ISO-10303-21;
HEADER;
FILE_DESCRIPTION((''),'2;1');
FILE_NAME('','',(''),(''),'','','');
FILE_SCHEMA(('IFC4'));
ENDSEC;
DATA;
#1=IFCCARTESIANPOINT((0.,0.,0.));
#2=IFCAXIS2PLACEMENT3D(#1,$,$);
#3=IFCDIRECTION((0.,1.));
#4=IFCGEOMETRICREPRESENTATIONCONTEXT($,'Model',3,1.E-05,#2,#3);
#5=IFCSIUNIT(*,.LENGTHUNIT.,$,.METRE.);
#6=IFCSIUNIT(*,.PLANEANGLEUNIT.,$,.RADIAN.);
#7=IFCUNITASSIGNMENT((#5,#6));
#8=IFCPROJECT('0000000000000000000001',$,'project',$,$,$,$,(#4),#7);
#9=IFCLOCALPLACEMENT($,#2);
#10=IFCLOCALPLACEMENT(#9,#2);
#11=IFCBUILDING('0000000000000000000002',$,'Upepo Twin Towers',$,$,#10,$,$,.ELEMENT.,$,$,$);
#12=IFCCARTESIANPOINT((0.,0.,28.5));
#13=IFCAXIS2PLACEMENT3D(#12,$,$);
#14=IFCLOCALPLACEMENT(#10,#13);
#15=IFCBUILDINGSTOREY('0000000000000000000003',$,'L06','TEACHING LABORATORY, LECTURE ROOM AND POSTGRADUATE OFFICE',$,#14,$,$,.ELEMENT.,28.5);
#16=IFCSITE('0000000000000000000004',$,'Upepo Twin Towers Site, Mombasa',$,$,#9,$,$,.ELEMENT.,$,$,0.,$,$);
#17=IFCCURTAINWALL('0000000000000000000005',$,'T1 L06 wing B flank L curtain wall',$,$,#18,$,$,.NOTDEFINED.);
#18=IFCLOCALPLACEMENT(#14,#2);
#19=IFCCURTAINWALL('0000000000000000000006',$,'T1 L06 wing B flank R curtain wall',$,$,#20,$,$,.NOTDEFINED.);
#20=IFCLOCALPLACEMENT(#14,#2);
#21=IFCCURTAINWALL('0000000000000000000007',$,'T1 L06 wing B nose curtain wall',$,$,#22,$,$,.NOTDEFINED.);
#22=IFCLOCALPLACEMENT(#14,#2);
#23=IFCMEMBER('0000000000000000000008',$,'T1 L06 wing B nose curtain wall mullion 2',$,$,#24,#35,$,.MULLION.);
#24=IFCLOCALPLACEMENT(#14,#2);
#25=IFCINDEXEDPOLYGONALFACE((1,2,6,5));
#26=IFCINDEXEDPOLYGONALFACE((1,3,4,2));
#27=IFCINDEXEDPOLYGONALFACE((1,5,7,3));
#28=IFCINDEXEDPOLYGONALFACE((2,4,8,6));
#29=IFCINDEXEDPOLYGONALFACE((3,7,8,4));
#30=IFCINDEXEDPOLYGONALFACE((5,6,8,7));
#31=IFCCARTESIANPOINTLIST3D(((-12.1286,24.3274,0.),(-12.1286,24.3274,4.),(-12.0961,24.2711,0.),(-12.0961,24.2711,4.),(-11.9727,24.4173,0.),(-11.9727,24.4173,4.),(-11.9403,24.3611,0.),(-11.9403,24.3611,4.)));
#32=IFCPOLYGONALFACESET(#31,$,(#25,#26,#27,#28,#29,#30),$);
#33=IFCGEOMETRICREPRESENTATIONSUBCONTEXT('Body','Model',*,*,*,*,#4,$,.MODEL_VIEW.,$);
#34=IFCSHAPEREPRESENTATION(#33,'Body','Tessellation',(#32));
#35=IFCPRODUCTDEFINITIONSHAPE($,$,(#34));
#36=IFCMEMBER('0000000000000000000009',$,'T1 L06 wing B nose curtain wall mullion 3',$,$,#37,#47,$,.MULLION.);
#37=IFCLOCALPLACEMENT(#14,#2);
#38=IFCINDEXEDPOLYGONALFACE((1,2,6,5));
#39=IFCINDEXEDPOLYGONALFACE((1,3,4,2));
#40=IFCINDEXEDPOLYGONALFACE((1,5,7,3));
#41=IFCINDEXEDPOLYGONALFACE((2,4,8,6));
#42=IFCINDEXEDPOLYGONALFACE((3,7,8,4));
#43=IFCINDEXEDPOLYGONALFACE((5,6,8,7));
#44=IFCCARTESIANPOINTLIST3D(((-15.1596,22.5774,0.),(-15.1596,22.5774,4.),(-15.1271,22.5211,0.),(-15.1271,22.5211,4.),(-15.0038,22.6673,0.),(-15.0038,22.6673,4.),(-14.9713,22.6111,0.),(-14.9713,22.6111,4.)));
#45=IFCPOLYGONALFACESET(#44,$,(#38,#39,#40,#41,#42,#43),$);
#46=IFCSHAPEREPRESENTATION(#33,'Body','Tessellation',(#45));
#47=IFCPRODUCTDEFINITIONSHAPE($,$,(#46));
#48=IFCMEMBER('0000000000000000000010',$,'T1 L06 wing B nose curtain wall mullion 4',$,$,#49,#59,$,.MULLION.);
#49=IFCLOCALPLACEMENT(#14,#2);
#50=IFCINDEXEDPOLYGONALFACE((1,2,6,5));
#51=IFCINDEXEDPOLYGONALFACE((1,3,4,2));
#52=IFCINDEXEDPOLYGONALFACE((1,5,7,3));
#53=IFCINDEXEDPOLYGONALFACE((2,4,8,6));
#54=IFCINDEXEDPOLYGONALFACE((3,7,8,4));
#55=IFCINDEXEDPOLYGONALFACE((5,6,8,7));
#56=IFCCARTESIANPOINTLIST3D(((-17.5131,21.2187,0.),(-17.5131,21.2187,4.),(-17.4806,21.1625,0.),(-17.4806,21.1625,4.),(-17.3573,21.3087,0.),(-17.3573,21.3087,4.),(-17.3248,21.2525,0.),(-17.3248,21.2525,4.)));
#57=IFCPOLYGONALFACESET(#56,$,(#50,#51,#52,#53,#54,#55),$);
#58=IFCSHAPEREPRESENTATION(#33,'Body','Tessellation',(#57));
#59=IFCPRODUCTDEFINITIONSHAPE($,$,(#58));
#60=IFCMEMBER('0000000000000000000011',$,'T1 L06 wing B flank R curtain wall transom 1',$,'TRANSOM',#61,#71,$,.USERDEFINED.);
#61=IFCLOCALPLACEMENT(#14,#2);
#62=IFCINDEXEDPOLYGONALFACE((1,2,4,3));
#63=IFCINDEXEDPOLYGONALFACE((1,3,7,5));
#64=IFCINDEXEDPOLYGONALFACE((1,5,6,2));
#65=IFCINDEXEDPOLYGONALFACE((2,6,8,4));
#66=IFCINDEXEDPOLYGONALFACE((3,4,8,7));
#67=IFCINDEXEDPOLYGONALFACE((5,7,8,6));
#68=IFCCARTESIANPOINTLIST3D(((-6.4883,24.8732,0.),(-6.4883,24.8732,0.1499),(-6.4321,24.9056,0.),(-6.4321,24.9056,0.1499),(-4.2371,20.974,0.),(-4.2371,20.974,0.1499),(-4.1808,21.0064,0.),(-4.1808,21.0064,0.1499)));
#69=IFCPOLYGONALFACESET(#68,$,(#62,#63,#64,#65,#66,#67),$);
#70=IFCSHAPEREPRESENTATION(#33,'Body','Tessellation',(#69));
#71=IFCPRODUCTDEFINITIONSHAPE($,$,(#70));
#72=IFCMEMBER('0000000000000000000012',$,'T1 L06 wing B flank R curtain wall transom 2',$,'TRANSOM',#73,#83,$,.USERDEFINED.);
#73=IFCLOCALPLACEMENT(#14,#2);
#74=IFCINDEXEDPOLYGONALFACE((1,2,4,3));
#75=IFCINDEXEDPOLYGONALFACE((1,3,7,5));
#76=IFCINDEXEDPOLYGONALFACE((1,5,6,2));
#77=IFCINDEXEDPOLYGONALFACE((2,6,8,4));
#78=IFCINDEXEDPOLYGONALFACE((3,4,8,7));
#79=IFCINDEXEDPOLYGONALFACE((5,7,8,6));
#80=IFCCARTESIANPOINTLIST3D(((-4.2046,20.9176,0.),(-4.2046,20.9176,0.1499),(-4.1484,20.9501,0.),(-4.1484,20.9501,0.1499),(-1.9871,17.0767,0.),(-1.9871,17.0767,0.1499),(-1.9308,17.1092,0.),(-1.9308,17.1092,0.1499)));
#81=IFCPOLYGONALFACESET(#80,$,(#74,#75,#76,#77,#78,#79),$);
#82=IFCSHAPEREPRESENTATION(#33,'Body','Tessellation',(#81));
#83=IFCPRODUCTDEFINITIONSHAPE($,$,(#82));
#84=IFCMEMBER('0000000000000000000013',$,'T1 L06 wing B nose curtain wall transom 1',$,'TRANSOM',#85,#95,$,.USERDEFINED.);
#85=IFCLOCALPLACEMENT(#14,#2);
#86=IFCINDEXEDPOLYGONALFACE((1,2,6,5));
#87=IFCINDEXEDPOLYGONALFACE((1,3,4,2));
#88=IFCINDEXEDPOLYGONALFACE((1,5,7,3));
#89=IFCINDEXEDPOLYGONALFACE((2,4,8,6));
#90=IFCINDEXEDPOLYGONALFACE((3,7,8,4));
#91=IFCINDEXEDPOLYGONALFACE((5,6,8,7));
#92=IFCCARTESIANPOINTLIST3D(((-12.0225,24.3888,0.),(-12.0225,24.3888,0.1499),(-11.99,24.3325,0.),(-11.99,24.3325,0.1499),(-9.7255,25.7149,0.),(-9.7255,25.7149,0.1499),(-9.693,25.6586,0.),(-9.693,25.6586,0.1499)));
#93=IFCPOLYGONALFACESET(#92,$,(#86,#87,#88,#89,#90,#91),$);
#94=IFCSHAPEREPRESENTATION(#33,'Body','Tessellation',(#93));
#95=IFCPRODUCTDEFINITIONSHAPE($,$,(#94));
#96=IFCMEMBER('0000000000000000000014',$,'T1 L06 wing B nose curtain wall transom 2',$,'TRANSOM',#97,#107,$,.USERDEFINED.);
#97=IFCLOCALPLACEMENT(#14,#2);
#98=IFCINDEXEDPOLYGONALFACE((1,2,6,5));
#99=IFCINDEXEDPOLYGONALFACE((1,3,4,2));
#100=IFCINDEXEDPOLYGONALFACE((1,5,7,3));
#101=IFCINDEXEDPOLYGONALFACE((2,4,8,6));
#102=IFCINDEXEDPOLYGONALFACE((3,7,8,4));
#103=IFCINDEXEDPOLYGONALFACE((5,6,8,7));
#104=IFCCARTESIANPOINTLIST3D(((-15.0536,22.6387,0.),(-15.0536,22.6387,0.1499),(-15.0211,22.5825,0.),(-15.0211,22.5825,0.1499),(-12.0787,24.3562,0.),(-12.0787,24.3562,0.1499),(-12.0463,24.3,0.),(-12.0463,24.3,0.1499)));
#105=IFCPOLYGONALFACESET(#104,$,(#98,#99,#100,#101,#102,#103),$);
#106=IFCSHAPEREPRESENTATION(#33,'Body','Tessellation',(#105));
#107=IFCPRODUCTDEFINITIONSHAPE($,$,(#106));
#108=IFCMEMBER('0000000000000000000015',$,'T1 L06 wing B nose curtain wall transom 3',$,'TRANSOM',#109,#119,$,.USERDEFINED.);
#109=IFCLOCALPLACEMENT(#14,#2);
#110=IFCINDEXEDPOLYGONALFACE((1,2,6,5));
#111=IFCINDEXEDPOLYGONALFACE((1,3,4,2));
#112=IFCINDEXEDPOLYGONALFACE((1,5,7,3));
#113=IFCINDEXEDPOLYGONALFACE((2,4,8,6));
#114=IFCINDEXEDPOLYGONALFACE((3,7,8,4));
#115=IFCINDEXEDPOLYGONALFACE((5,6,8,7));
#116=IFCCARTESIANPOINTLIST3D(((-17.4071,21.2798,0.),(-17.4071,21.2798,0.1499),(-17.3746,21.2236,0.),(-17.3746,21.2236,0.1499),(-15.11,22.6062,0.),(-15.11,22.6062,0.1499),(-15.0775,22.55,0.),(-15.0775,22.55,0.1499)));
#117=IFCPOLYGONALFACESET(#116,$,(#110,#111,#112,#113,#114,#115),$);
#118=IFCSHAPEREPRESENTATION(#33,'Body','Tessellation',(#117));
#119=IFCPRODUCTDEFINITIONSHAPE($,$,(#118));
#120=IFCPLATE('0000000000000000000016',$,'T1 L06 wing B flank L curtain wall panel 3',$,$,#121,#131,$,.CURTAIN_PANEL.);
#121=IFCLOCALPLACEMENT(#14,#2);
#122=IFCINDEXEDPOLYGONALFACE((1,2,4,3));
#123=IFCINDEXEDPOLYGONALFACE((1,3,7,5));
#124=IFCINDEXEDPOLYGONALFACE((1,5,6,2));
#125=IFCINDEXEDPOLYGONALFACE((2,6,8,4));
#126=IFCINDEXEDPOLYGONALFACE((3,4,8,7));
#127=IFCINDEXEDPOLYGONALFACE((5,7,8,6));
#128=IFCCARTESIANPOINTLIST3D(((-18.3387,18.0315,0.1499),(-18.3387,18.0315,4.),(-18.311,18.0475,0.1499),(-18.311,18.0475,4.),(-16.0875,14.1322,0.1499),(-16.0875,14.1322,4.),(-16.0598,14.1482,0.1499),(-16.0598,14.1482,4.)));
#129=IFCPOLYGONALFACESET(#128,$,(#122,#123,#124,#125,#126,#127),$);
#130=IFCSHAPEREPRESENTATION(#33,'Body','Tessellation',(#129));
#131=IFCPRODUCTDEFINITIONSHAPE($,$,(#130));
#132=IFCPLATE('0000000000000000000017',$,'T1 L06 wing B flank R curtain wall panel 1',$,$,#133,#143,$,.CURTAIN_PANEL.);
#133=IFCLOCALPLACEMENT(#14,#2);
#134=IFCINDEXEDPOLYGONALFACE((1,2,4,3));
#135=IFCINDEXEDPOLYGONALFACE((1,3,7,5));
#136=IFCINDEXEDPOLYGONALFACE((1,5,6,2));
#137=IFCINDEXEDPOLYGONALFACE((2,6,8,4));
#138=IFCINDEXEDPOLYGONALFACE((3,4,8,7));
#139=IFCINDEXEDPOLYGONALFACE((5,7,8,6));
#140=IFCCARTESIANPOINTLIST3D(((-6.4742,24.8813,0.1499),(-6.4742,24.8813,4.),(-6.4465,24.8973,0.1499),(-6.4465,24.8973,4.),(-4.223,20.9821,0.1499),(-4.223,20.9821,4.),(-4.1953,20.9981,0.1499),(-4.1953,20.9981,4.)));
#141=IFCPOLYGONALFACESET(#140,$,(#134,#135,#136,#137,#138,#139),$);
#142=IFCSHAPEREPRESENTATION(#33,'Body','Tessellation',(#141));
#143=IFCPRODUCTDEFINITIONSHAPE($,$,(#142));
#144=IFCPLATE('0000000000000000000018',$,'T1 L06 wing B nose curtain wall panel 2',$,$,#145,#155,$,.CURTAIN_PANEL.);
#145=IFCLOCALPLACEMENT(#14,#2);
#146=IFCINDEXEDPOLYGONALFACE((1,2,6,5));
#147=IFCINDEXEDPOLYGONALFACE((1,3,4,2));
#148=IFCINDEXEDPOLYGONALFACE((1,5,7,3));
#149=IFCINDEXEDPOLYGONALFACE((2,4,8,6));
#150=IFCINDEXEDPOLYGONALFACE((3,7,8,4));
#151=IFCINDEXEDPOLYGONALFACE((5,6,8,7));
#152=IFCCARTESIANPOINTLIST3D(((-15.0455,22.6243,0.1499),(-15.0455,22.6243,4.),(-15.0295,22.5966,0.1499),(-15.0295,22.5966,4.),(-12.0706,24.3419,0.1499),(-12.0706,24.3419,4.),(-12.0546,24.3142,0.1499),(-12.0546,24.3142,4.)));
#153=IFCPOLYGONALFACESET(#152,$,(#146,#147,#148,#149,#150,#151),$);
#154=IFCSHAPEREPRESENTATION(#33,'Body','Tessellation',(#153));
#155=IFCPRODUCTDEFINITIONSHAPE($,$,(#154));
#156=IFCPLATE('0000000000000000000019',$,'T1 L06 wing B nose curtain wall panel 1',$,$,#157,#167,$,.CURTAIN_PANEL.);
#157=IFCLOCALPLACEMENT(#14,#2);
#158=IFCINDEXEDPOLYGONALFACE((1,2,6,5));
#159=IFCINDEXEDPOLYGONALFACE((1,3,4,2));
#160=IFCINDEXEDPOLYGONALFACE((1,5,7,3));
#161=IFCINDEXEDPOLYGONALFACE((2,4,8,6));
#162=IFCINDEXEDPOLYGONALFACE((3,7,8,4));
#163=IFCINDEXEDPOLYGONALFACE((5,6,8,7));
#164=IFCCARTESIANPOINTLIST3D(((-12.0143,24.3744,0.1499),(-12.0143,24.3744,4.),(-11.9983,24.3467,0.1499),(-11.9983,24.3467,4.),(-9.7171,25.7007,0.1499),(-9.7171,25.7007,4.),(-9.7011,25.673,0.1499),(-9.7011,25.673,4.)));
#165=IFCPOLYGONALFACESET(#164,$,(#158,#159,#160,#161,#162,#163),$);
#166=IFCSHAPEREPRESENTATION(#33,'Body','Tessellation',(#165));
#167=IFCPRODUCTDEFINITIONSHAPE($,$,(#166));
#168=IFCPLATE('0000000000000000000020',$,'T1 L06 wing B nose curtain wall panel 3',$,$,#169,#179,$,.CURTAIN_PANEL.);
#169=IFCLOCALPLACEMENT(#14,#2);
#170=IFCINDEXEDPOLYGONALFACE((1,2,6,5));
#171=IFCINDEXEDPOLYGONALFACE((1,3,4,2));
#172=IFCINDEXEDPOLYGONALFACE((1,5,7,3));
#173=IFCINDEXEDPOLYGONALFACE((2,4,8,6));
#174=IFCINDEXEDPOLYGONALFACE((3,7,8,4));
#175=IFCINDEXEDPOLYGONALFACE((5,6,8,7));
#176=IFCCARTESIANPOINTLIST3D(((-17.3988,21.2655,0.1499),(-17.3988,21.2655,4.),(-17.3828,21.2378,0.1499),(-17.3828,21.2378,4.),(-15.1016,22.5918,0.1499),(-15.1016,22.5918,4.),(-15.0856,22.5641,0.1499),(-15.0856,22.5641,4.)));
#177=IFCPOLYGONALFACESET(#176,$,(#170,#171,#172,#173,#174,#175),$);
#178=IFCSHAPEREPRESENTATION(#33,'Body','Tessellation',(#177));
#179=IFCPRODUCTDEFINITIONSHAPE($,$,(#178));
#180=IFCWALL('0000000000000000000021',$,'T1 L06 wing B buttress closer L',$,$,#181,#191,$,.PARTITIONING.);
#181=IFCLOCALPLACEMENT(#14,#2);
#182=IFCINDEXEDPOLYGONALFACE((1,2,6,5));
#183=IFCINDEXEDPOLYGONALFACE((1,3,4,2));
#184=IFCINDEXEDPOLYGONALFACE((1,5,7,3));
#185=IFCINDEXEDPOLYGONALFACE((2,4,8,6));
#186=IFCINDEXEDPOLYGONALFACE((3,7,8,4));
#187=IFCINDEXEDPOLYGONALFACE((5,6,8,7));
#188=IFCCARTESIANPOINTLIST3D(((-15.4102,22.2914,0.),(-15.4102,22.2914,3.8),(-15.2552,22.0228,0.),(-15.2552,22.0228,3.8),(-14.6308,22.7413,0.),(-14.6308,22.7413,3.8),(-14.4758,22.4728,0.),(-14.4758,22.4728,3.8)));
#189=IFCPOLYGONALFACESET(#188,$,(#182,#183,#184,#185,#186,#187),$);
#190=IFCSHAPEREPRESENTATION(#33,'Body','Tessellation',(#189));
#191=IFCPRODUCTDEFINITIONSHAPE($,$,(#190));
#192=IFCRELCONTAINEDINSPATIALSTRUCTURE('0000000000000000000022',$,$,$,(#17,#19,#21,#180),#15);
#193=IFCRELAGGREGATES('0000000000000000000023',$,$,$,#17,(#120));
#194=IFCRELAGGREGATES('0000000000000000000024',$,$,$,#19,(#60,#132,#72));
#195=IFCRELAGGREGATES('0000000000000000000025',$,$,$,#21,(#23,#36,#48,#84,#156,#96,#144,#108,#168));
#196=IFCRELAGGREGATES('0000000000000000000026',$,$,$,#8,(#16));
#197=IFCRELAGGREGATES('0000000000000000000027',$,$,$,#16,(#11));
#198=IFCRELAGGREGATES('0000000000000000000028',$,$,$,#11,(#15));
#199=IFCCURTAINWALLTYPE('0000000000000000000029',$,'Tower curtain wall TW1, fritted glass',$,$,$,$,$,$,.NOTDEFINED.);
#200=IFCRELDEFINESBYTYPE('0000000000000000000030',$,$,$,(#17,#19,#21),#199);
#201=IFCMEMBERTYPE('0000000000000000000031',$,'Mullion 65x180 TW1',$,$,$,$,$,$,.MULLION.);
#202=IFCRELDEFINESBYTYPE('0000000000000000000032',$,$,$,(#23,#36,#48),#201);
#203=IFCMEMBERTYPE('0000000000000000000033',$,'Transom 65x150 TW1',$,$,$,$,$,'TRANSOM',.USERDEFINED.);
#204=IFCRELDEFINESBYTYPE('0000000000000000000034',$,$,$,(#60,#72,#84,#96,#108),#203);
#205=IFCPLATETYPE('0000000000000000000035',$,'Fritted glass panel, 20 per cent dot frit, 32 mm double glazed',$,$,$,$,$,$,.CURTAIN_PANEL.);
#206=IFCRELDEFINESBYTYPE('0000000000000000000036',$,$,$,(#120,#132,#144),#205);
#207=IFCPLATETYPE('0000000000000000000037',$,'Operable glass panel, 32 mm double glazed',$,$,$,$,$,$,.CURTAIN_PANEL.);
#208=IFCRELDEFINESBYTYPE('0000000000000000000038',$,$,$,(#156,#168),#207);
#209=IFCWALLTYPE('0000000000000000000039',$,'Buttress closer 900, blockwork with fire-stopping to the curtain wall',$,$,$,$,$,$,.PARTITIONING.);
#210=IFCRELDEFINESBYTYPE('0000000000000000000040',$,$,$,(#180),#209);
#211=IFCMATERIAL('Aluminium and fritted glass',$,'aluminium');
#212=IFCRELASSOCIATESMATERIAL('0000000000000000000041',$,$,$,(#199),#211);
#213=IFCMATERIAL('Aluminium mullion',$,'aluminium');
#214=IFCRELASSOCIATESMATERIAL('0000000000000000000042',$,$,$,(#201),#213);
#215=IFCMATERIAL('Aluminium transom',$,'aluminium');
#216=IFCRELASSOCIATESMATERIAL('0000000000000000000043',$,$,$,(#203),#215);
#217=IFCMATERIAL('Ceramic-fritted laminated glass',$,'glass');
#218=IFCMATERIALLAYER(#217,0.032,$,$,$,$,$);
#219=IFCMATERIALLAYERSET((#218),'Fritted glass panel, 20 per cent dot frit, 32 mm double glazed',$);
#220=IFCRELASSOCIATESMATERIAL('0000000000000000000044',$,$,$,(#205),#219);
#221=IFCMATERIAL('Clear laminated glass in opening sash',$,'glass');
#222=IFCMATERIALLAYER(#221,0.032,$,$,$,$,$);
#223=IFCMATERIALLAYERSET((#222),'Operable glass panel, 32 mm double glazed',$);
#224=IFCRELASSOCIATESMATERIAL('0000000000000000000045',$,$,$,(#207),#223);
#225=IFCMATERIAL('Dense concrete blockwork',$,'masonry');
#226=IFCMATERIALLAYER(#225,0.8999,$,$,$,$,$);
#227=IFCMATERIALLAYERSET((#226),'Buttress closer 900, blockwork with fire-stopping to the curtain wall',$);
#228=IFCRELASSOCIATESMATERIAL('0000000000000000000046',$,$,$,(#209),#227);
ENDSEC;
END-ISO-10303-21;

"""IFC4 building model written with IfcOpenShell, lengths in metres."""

from ifc_helpers import new_model, si_unit, direction, frame, frame_2d, origin, origin_2d, place, context, subcontext, project, spatial, rectangle, extrude, material, layer, layer_set, material_profile, profile_set, type_object, element, aggregate, save


model = new_model("IFC4")

# Units and contexts
model_context = context("Model", 3, precision=1e-05, world=origin(), true_north=direction((0.0, 1.0)))
body_context = subcontext(model_context, "Body", "Model", "MODEL_VIEW")
ifc_project = project(units=[si_unit("LENGTHUNIT", "METRE"), si_unit("PLANEANGLEUNIT", "RADIAN")], contexts=[model_context])

# Site, building, storey
site_placement = place(None, origin())
site = spatial("IfcSite", under=ifc_project, at=site_placement, Name="Upepo Twin Towers Site, Mombasa", CompositionType="ELEMENT", RefElevation=0.0)
building_placement = place(site_placement, origin())
building = spatial("IfcBuilding", under=site, at=building_placement, Name="Upepo Twin Towers", CompositionType="ELEMENT")
storey_placement = place(building_placement, frame((0.0, 0.0, 28.5)))
storey = spatial("IfcBuildingStorey", under=building, at=storey_placement, Name="L06", Description="TEACHING LABORATORY, LECTURE ROOM AND POSTGRADUATE OFFICE", CompositionType="ELEMENT", Elevation=28.5)

# Curtain wall
ifc_material_1 = material(Name="Aluminium and fritted glass", Category="aluminium")
curtain_wall_type = type_object("IfcCurtainWallType", Name="Tower curtain wall TW1, fritted glass", PredefinedType="NOTDEFINED", material=ifc_material_1)
curtain_wall_1_placement = place(storey_placement, origin())
curtain_wall_1 = element("IfcCurtainWall", 1, at=curtain_wall_1_placement, inside=storey, type_object=curtain_wall_type, Name="T1 L06 wing B flank L curtain wall", PredefinedType="NOTDEFINED")
ifc_material_2 = material(Name="Aluminium mullion", Category="aluminium")
ifc_material_profile_1 = material_profile(ifc_material_2, rectangle(XDim=0.0649, YDim=0.1799, at=origin_2d()), Name="MULLION 65x180")
ifc_profile_set_1 = profile_set([ifc_material_profile_1], Name="Aluminium mullion")
member_type_1 = type_object("IfcMemberType", Name="Mullion 65x180 TW1", PredefinedType="MULLION", material=ifc_profile_set_1)

# Curtain walls, members
curtain_wall_2_placement = place(storey_placement, origin())
curtain_wall_2 = element("IfcCurtainWall", 2, at=curtain_wall_2_placement, inside=storey, type_object=curtain_wall_type, Name="T1 L06 wing B flank R curtain wall", PredefinedType="NOTDEFINED")
curtain_wall_3_placement = place(storey_placement, origin())
curtain_wall_3 = element("IfcCurtainWall", 3, at=curtain_wall_3_placement, inside=storey, type_object=curtain_wall_type, Name="T1 L06 wing B nose curtain wall", PredefinedType="NOTDEFINED")
member_1_placement = place(storey_placement, frame((-12.0344, 24.3442, 0.0), z_axis=(0.0, 0.0, 1.0), x_axis=(0.5, -0.866025, 0.0)))
member_1 = element("IfcMember", 4, at=member_1_placement, type_object=member_type_1, Name="T1 L06 wing B nose curtain wall mullion 2", PredefinedType="MULLION", context=body_context, shape_type="SweptSolid", body=[
    extrude(rectangle(XDim=0.0649, YDim=0.1799, at=origin_2d()), origin(), (0.0, 0.0, 1.0), 4.0),
])
member_2_placement = place(storey_placement, frame((-15.0654, 22.5942, 0.0), z_axis=(0.0, 0.0, 1.0), x_axis=(0.5, -0.866025, 0.0)))
member_2 = element("IfcMember", 5, at=member_2_placement, type_object=member_type_1, Name="T1 L06 wing B nose curtain wall mullion 3", PredefinedType="MULLION", context=body_context, shape_type="SweptSolid", body=[
    extrude(rectangle(XDim=0.0649, YDim=0.1799, at=origin_2d()), origin(), (0.0, 0.0, 1.0), 4.0),
])
member_3_placement = place(storey_placement, frame((-17.4189, 21.2356, 0.0), z_axis=(0.0, 0.0, 1.0), x_axis=(0.5, -0.866025, 0.0)))
member_3 = element("IfcMember", 6, at=member_3_placement, type_object=member_type_1, Name="T1 L06 wing B nose curtain wall mullion 4", PredefinedType="MULLION", context=body_context, shape_type="SweptSolid", body=[
    extrude(rectangle(XDim=0.0649, YDim=0.1799, at=origin_2d()), origin(), (0.0, 0.0, 1.0), 4.0),
])

# Members
ifc_material_3 = material(Name="Aluminium transom", Category="aluminium")
ifc_material_profile_2 = material_profile(ifc_material_3, rectangle(XDim=0.0649, YDim=0.1499, at=origin_2d()), Name="TRANSOM 65x150")
ifc_profile_set_2 = profile_set([ifc_material_profile_2], Name="Aluminium transom")
member_type_2 = type_object("IfcMemberType", Name="Transom 65x150 TW1", ElementType="TRANSOM", PredefinedType="USERDEFINED", material=ifc_profile_set_2)
member_4_placement = place(storey_placement, frame((-6.4602, 24.8894, 0.075), z_axis=(0.500006, -0.866022, 0.0), x_axis=(0.866022, 0.500006, 0.0)))
member_4 = element("IfcMember", 7, at=member_4_placement, type_object=member_type_2, Name="T1 L06 wing B flank R curtain wall transom 1", ObjectType="TRANSOM", PredefinedType="USERDEFINED", context=body_context, shape_type="SweptSolid", body=[
    extrude(rectangle(XDim=0.0649, YDim=0.1499, at=origin_2d()), origin(), (0.0, 0.0, 1.0), 4.5024),
])
member_5_placement = place(storey_placement, frame((-4.1765, 20.9338, 0.075), z_axis=(0.500005, -0.866022, 0.0), x_axis=(0.866022, 0.500005, 0.0)))
member_5 = element("IfcMember", 8, at=member_5_placement, type_object=member_type_2, Name="T1 L06 wing B flank R curtain wall transom 2", ObjectType="TRANSOM", PredefinedType="USERDEFINED", context=body_context, shape_type="SweptSolid", body=[
    extrude(rectangle(XDim=0.0649, YDim=0.1499, at=origin_2d()), origin(), (0.0, 0.0, 1.0), 4.4351),
])
member_6_placement = place(storey_placement, frame((-9.7092, 25.6868, 0.075), z_axis=(-0.866037, -0.49998, 0.0), x_axis=(0.49998, -0.866037, 0.0)))
member_6 = element("IfcMember", 9, at=member_6_placement, type_object=member_type_2, Name="T1 L06 wing B nose curtain wall transom 1", ObjectType="TRANSOM", PredefinedType="USERDEFINED", context=body_context, shape_type="SweptSolid", body=[
    extrude(rectangle(XDim=0.0649, YDim=0.1499, at=origin_2d()), origin(), (0.0, 0.0, 1.0), 2.6523),
])
member_7_placement = place(storey_placement, frame((-12.0625, 24.3281, 0.075), z_axis=(-0.866026, -0.499999, 0.0), x_axis=(0.499999, -0.866026, 0.0)))
member_7 = element("IfcMember", 10, at=member_7_placement, type_object=member_type_2, Name="T1 L06 wing B nose curtain wall transom 2", ObjectType="TRANSOM", PredefinedType="USERDEFINED", context=body_context, shape_type="SweptSolid", body=[
    extrude(rectangle(XDim=0.0649, YDim=0.1499, at=origin_2d()), origin(), (0.0, 0.0, 1.0), 3.4351),
])
member_8_placement = place(storey_placement, frame((-15.0938, 22.5781, 0.075), z_axis=(-0.865997, -0.500049, 0.0), x_axis=(0.500049, -0.865997, 0.0)))
member_8 = element("IfcMember", 11, at=member_8_placement, type_object=member_type_2, Name="T1 L06 wing B nose curtain wall transom 3", ObjectType="TRANSOM", PredefinedType="USERDEFINED", context=body_context, shape_type="SweptSolid", body=[
    extrude(rectangle(XDim=0.0649, YDim=0.1499, at=origin_2d()), origin(), (0.0, 0.0, 1.0), 2.6526),
])

# Plates
ifc_material_4 = material(Name="Ceramic-fritted laminated glass", Category="glass")
ifc_layer_1 = layer(ifc_material_4, 0.032)
ifc_layer_set_1 = layer_set([ifc_layer_1], Name="Fritted glass panel, 20 per cent dot frit, 32 mm double glazed")
plate_type_1 = type_object("IfcPlateType", Name="Fritted glass panel, 20 per cent dot frit, 32 mm double glazed", PredefinedType="CURTAIN_PANEL", material=ifc_layer_set_1)
plate_1_placement = place(storey_placement, frame((-17.1992, 16.0898, 0.1499), z_axis=(0.0, 0.0, 1.0), x_axis=(-0.5, 0.866025, 0.0)))
plate_1 = element("IfcPlate", 12, at=plate_1_placement, type_object=plate_type_1, Name="T1 L06 wing B flank L curtain wall panel 3", PredefinedType="CURTAIN_PANEL", context=body_context, shape_type="SweptSolid", body=[
    extrude(rectangle(XDim=4.5024, YDim=0.032, at=origin_2d()), origin(), (0.0, 0.0, 1.0), 3.8501),
])
aggregate(curtain_wall_1, [plate_1])
plate_2_placement = place(storey_placement, frame((-5.3347, 22.9397, 0.1499), z_axis=(0.0, 0.0, 1.0), x_axis=(0.5, -0.866025, 0.0)))
plate_2 = element("IfcPlate", 13, at=plate_2_placement, type_object=plate_type_1, Name="T1 L06 wing B flank R curtain wall panel 1", PredefinedType="CURTAIN_PANEL", context=body_context, shape_type="SweptSolid", body=[
    extrude(rectangle(XDim=4.5024, YDim=0.032, at=origin_2d()), origin(), (0.0, 0.0, 1.0), 3.8501),
])
aggregate(curtain_wall_2, [member_4, plate_2, member_5])
plate_3_placement = place(storey_placement, frame((-13.55, 23.4692, 0.1499), z_axis=(0.0, 0.0, 1.0), x_axis=(-0.866025, -0.5, 0.0)))
plate_3 = element("IfcPlate", 14, at=plate_3_placement, type_object=plate_type_1, Name="T1 L06 wing B nose curtain wall panel 2", PredefinedType="CURTAIN_PANEL", context=body_context, shape_type="SweptSolid", body=[
    extrude(rectangle(XDim=3.4351, YDim=0.032, at=origin_2d()), origin(), (0.0, 0.0, 1.0), 3.8501),
])
ifc_material_5 = material(Name="Clear laminated glass in opening sash", Category="glass")
ifc_layer_2 = layer(ifc_material_5, 0.032)
ifc_layer_set_2 = layer_set([ifc_layer_2], Name="Operable glass panel, 32 mm double glazed")
plate_type_2 = type_object("IfcPlateType", Name="Operable glass panel, 32 mm double glazed", PredefinedType="CURTAIN_PANEL", material=ifc_layer_set_2)
plate_4_placement = place(storey_placement, frame((-10.8577, 25.0237, 0.1499), z_axis=(0.0, 0.0, 1.0), x_axis=(-0.866025, -0.5, 0.0)))
plate_4 = element("IfcPlate", 15, at=plate_4_placement, type_object=plate_type_2, Name="T1 L06 wing B nose curtain wall panel 1", PredefinedType="CURTAIN_PANEL", context=body_context, shape_type="SweptSolid", body=[
    extrude(rectangle(XDim=2.6526, YDim=0.032, at=origin_2d()), origin(), (0.0, 0.0, 1.0), 3.8501),
])
plate_5_placement = place(storey_placement, frame((-16.2422, 21.9148, 0.1499), z_axis=(0.0, 0.0, 1.0), x_axis=(-0.866025, -0.5, 0.0)))
plate_5 = element("IfcPlate", 16, at=plate_5_placement, type_object=plate_type_2, Name="T1 L06 wing B nose curtain wall panel 3", PredefinedType="CURTAIN_PANEL", context=body_context, shape_type="SweptSolid", body=[
    extrude(rectangle(XDim=2.6526, YDim=0.032, at=origin_2d()), origin(), (0.0, 0.0, 1.0), 3.8501),
])
aggregate(curtain_wall_3, [member_1, member_2, member_3, member_6, plate_4, member_7, plate_3, member_8, plate_5])

# Wall
ifc_material_6 = material(Name="Dense concrete blockwork", Category="masonry")
ifc_layer_3 = layer(ifc_material_6, 0.8999)
ifc_layer_set_3 = layer_set([ifc_layer_3], Name="Buttress closer 900, blockwork with fire-stopping to the curtain wall")
wall_type_1 = type_object("IfcWallType", Name="Buttress closer 900, blockwork with fire-stopping to the curtain wall", PredefinedType="PARTITIONING", material=ifc_layer_set_3)
for number, where, z_axis, x_axis, name in (
    (17, (-14.8655, 22.2478, 0.0), (0.0, 0.0, 1.0), (-0.49995, 0.866054, 0.0), "T1 L06 wing B buttress closer L"),
):
    element("IfcWall", number, at=place(storey_placement, frame(where, z_axis=z_axis, x_axis=x_axis)), inside=storey, type_object=wall_type_1, Name=name, PredefinedType="PARTITIONING", context=body_context, shape_type="SweptSolid", body=[
        extrude(rectangle(XDim=0.3101, YDim=0.8999, at=frame_2d((0.155, 0.0))), origin(), (0.0, 0.0, 1.0), 3.8),
    ])

save(model, "model.ifc")
